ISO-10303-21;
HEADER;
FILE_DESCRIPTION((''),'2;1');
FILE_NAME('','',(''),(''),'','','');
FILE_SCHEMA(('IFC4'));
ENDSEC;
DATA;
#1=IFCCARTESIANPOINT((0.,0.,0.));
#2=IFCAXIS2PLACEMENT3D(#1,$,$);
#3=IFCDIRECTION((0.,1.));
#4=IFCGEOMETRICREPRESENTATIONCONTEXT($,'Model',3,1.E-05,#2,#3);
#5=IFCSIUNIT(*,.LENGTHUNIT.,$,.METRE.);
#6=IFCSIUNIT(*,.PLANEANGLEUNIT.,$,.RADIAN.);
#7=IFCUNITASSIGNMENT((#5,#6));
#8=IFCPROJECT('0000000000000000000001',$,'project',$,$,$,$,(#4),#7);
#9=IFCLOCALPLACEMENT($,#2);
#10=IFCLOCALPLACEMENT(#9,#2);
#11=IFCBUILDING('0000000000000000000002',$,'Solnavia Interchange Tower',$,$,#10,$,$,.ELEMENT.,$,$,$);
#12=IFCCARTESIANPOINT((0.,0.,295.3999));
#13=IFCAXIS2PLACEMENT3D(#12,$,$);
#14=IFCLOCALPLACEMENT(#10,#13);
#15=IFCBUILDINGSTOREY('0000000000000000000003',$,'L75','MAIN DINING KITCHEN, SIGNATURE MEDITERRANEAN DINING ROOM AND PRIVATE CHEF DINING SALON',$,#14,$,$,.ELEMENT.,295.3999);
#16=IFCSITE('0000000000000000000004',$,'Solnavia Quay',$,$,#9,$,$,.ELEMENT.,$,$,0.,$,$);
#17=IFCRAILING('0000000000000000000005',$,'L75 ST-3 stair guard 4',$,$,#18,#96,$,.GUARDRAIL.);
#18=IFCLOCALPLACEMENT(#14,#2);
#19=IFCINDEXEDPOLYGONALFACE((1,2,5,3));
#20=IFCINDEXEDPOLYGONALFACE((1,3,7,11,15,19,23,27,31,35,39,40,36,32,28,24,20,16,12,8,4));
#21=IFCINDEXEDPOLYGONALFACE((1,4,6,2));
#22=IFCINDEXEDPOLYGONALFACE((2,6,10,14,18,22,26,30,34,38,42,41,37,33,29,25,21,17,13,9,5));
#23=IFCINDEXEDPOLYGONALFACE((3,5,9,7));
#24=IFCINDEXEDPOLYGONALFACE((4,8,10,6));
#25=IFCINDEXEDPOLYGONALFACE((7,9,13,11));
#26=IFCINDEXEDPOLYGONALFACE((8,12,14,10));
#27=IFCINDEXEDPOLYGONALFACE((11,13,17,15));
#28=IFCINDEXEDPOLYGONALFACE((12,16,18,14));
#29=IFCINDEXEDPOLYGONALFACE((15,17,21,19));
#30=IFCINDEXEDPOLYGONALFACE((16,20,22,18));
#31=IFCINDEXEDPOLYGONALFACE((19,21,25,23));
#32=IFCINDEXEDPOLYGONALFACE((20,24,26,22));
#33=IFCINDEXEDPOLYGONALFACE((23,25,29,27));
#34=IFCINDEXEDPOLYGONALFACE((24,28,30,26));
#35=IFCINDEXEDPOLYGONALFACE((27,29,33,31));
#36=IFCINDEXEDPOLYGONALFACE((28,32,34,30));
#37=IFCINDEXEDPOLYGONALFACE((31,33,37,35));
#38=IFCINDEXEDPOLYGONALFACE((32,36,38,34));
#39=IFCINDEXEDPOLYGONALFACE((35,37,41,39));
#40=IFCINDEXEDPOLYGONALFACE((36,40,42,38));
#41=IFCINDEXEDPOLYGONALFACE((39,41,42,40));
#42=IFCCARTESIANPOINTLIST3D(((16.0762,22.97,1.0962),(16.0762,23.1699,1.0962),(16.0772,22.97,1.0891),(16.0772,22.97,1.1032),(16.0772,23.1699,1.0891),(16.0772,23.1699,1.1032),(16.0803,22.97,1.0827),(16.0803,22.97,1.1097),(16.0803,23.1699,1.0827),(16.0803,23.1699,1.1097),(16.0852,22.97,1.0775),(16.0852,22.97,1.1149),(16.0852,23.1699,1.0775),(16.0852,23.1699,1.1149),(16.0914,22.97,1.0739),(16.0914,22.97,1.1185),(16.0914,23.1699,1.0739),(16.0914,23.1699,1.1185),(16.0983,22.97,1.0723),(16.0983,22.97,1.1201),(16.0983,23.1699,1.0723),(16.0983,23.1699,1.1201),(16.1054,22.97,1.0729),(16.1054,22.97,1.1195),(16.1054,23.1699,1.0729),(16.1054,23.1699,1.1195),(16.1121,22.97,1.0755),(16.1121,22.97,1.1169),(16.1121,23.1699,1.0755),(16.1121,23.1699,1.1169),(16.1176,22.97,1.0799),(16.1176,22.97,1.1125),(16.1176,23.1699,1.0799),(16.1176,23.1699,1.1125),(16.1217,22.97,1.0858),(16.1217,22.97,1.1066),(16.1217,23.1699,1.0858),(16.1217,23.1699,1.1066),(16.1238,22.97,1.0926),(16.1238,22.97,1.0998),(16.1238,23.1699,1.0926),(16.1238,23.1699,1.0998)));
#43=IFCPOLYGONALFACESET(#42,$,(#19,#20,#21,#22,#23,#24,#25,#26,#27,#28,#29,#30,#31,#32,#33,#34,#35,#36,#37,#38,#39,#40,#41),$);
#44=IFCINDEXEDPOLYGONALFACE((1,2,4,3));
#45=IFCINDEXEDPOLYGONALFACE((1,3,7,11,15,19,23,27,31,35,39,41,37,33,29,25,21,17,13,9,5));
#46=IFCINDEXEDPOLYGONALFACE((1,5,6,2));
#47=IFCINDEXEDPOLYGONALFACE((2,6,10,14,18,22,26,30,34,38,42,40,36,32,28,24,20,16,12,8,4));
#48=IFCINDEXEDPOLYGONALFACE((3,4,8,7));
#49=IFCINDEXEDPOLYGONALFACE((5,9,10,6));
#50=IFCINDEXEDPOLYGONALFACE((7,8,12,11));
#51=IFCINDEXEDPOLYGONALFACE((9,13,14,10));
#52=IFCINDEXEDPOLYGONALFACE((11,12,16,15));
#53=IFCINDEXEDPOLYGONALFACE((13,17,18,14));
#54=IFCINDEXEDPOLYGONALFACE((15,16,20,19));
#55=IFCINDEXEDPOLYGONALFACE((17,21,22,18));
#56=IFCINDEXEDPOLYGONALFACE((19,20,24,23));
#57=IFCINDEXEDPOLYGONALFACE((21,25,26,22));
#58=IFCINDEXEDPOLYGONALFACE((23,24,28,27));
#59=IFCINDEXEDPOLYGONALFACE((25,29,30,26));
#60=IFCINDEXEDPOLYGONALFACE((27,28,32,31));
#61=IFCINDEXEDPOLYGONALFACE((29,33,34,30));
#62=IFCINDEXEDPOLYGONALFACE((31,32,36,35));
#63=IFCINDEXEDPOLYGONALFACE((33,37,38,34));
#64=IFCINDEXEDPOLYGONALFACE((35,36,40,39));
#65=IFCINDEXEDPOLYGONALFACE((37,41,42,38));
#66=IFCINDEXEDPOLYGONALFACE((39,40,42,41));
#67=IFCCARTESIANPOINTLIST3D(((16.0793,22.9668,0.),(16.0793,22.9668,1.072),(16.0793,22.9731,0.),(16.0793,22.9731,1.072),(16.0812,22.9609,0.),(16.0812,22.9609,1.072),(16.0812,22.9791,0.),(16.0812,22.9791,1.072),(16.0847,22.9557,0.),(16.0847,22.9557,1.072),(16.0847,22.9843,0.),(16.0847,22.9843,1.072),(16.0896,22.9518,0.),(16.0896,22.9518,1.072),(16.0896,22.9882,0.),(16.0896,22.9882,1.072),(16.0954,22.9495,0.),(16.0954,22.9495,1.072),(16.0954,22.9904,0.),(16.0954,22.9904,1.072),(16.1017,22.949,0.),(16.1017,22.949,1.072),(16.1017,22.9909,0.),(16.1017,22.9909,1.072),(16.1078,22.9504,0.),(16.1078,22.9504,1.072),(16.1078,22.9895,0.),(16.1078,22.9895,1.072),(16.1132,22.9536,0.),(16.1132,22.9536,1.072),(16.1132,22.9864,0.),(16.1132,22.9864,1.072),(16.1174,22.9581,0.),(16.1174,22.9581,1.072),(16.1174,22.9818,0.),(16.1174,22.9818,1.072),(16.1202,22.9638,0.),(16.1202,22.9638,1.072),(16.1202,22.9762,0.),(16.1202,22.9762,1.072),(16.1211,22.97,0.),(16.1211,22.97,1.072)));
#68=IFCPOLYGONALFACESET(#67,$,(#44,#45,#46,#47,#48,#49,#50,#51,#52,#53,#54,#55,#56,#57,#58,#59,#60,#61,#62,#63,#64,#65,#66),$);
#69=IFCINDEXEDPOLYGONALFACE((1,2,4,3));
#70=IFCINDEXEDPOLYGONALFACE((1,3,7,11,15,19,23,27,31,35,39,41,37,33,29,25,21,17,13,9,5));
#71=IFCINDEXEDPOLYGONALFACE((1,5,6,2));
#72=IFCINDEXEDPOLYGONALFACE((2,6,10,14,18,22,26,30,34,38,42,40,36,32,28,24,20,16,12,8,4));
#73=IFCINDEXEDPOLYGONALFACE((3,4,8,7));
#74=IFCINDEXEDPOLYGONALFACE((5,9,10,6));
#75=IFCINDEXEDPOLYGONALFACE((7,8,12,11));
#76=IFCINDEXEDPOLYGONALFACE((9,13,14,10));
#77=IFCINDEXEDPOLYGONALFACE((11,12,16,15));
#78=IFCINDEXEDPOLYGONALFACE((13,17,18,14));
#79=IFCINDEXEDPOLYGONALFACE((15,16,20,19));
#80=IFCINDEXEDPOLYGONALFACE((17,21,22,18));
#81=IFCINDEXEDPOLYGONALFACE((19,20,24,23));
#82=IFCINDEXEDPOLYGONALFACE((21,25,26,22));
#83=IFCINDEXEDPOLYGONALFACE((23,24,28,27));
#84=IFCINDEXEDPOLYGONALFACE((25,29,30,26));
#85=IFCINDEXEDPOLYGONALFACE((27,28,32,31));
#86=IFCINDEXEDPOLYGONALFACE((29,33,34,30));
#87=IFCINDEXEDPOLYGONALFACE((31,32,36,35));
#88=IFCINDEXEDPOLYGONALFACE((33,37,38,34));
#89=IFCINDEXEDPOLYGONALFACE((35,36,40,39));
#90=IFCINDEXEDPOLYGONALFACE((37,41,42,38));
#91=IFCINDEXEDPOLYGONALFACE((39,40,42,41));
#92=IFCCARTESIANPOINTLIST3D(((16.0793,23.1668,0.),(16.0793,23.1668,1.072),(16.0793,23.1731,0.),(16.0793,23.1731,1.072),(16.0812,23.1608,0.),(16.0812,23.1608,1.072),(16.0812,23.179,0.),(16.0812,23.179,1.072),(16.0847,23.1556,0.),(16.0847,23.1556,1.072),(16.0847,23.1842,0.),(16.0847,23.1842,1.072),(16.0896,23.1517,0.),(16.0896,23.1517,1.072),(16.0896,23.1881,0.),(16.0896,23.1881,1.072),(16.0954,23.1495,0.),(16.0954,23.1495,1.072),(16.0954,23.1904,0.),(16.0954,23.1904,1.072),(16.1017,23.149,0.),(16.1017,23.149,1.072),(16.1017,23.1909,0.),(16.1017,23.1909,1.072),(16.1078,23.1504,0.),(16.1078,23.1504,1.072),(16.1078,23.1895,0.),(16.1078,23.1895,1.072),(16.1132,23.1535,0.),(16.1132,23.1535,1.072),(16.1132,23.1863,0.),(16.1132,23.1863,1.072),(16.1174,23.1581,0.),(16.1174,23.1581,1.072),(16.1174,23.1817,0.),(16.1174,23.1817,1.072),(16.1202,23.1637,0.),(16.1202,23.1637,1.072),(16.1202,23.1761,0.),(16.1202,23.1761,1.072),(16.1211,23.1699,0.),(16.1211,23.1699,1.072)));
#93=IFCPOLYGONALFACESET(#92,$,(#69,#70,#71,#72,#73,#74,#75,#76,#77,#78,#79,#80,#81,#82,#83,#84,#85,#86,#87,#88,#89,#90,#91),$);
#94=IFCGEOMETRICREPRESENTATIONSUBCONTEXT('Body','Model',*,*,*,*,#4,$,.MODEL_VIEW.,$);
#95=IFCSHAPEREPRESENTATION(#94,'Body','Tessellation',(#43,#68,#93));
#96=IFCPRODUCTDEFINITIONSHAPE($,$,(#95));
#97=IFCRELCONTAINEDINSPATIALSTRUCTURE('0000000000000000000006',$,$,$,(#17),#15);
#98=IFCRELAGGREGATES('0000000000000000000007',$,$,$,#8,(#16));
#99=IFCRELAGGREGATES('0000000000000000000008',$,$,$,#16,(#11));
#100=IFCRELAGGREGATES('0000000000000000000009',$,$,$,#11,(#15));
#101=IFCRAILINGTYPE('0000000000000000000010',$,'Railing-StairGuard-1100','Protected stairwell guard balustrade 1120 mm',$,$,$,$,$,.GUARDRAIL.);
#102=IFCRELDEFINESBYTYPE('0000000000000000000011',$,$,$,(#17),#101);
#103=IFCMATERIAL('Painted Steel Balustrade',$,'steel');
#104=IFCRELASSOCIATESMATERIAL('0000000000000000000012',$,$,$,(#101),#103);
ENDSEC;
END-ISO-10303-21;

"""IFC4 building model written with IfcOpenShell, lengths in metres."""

from ifc_helpers import new_model, si_unit, direction, frame, origin, origin_2d, place, context, subcontext, project, spatial, circle, extrude, material, type_object, element, save


model = new_model("IFC4")

# Units and contexts
model_context = context("Model", 3, precision=1e-05, world=origin(), true_north=direction((0.0, 1.0)))
body_context = subcontext(model_context, "Body", "Model", "MODEL_VIEW")
ifc_project = project(units=[si_unit("LENGTHUNIT", "METRE"), si_unit("PLANEANGLEUNIT", "RADIAN")], contexts=[model_context])

# Site, building, storey
site_placement = place(None, origin())
site = spatial("IfcSite", under=ifc_project, at=site_placement, Name="Solnavia Quay", CompositionType="ELEMENT", RefElevation=0.0)
building_placement = place(site_placement, origin())
building = spatial("IfcBuilding", under=site, at=building_placement, Name="Solnavia Interchange Tower", CompositionType="ELEMENT")
storey_placement = place(building_placement, frame((0.0, 0.0, 295.3999)))
storey = spatial("IfcBuildingStorey", under=building, at=storey_placement, Name="L75", Description="MAIN DINING KITCHEN, SIGNATURE MEDITERRANEAN DINING ROOM AND PRIVATE CHEF DINING SALON", CompositionType="ELEMENT", Elevation=295.3999)

# Railing
ifc_material_1 = material(Name="Painted Steel Balustrade", Category="steel")
railing_type_1 = type_object("IfcRailingType", Name="Railing-StairGuard-1100", Description="Protected stairwell guard balustrade 1120 mm", PredefinedType="GUARDRAIL", material=ifc_material_1)
railing_1_placement = place(storey_placement, frame((16.1001, 22.97, 0.0)))
element("IfcRailing", 1, at=railing_1_placement, inside=storey, type_object=railing_type_1, Name="L75 ST-3 stair guard 4", PredefinedType="GUARDRAIL", context=body_context, shape_type="SweptSolid", body=[
    extrude(circle(Radius=0.0239, at=origin_2d()), frame((0.0, 0.0, 1.0962), z_axis=(0.0, 1.0, 0.0), x_axis=(-1.0, 0.0, 0.0)), (0.0, 0.0, 1.0), 0.2),
    extrude(circle(Radius=0.021, at=origin_2d()), origin(), (0.0, 0.0, 1.0), 1.072),
    extrude(circle(Radius=0.021, at=origin_2d()), frame((0.0, 0.2, 0.0)), (0.0, 0.0, 1.0), 1.072),
])

save(model, "model.ifc")
